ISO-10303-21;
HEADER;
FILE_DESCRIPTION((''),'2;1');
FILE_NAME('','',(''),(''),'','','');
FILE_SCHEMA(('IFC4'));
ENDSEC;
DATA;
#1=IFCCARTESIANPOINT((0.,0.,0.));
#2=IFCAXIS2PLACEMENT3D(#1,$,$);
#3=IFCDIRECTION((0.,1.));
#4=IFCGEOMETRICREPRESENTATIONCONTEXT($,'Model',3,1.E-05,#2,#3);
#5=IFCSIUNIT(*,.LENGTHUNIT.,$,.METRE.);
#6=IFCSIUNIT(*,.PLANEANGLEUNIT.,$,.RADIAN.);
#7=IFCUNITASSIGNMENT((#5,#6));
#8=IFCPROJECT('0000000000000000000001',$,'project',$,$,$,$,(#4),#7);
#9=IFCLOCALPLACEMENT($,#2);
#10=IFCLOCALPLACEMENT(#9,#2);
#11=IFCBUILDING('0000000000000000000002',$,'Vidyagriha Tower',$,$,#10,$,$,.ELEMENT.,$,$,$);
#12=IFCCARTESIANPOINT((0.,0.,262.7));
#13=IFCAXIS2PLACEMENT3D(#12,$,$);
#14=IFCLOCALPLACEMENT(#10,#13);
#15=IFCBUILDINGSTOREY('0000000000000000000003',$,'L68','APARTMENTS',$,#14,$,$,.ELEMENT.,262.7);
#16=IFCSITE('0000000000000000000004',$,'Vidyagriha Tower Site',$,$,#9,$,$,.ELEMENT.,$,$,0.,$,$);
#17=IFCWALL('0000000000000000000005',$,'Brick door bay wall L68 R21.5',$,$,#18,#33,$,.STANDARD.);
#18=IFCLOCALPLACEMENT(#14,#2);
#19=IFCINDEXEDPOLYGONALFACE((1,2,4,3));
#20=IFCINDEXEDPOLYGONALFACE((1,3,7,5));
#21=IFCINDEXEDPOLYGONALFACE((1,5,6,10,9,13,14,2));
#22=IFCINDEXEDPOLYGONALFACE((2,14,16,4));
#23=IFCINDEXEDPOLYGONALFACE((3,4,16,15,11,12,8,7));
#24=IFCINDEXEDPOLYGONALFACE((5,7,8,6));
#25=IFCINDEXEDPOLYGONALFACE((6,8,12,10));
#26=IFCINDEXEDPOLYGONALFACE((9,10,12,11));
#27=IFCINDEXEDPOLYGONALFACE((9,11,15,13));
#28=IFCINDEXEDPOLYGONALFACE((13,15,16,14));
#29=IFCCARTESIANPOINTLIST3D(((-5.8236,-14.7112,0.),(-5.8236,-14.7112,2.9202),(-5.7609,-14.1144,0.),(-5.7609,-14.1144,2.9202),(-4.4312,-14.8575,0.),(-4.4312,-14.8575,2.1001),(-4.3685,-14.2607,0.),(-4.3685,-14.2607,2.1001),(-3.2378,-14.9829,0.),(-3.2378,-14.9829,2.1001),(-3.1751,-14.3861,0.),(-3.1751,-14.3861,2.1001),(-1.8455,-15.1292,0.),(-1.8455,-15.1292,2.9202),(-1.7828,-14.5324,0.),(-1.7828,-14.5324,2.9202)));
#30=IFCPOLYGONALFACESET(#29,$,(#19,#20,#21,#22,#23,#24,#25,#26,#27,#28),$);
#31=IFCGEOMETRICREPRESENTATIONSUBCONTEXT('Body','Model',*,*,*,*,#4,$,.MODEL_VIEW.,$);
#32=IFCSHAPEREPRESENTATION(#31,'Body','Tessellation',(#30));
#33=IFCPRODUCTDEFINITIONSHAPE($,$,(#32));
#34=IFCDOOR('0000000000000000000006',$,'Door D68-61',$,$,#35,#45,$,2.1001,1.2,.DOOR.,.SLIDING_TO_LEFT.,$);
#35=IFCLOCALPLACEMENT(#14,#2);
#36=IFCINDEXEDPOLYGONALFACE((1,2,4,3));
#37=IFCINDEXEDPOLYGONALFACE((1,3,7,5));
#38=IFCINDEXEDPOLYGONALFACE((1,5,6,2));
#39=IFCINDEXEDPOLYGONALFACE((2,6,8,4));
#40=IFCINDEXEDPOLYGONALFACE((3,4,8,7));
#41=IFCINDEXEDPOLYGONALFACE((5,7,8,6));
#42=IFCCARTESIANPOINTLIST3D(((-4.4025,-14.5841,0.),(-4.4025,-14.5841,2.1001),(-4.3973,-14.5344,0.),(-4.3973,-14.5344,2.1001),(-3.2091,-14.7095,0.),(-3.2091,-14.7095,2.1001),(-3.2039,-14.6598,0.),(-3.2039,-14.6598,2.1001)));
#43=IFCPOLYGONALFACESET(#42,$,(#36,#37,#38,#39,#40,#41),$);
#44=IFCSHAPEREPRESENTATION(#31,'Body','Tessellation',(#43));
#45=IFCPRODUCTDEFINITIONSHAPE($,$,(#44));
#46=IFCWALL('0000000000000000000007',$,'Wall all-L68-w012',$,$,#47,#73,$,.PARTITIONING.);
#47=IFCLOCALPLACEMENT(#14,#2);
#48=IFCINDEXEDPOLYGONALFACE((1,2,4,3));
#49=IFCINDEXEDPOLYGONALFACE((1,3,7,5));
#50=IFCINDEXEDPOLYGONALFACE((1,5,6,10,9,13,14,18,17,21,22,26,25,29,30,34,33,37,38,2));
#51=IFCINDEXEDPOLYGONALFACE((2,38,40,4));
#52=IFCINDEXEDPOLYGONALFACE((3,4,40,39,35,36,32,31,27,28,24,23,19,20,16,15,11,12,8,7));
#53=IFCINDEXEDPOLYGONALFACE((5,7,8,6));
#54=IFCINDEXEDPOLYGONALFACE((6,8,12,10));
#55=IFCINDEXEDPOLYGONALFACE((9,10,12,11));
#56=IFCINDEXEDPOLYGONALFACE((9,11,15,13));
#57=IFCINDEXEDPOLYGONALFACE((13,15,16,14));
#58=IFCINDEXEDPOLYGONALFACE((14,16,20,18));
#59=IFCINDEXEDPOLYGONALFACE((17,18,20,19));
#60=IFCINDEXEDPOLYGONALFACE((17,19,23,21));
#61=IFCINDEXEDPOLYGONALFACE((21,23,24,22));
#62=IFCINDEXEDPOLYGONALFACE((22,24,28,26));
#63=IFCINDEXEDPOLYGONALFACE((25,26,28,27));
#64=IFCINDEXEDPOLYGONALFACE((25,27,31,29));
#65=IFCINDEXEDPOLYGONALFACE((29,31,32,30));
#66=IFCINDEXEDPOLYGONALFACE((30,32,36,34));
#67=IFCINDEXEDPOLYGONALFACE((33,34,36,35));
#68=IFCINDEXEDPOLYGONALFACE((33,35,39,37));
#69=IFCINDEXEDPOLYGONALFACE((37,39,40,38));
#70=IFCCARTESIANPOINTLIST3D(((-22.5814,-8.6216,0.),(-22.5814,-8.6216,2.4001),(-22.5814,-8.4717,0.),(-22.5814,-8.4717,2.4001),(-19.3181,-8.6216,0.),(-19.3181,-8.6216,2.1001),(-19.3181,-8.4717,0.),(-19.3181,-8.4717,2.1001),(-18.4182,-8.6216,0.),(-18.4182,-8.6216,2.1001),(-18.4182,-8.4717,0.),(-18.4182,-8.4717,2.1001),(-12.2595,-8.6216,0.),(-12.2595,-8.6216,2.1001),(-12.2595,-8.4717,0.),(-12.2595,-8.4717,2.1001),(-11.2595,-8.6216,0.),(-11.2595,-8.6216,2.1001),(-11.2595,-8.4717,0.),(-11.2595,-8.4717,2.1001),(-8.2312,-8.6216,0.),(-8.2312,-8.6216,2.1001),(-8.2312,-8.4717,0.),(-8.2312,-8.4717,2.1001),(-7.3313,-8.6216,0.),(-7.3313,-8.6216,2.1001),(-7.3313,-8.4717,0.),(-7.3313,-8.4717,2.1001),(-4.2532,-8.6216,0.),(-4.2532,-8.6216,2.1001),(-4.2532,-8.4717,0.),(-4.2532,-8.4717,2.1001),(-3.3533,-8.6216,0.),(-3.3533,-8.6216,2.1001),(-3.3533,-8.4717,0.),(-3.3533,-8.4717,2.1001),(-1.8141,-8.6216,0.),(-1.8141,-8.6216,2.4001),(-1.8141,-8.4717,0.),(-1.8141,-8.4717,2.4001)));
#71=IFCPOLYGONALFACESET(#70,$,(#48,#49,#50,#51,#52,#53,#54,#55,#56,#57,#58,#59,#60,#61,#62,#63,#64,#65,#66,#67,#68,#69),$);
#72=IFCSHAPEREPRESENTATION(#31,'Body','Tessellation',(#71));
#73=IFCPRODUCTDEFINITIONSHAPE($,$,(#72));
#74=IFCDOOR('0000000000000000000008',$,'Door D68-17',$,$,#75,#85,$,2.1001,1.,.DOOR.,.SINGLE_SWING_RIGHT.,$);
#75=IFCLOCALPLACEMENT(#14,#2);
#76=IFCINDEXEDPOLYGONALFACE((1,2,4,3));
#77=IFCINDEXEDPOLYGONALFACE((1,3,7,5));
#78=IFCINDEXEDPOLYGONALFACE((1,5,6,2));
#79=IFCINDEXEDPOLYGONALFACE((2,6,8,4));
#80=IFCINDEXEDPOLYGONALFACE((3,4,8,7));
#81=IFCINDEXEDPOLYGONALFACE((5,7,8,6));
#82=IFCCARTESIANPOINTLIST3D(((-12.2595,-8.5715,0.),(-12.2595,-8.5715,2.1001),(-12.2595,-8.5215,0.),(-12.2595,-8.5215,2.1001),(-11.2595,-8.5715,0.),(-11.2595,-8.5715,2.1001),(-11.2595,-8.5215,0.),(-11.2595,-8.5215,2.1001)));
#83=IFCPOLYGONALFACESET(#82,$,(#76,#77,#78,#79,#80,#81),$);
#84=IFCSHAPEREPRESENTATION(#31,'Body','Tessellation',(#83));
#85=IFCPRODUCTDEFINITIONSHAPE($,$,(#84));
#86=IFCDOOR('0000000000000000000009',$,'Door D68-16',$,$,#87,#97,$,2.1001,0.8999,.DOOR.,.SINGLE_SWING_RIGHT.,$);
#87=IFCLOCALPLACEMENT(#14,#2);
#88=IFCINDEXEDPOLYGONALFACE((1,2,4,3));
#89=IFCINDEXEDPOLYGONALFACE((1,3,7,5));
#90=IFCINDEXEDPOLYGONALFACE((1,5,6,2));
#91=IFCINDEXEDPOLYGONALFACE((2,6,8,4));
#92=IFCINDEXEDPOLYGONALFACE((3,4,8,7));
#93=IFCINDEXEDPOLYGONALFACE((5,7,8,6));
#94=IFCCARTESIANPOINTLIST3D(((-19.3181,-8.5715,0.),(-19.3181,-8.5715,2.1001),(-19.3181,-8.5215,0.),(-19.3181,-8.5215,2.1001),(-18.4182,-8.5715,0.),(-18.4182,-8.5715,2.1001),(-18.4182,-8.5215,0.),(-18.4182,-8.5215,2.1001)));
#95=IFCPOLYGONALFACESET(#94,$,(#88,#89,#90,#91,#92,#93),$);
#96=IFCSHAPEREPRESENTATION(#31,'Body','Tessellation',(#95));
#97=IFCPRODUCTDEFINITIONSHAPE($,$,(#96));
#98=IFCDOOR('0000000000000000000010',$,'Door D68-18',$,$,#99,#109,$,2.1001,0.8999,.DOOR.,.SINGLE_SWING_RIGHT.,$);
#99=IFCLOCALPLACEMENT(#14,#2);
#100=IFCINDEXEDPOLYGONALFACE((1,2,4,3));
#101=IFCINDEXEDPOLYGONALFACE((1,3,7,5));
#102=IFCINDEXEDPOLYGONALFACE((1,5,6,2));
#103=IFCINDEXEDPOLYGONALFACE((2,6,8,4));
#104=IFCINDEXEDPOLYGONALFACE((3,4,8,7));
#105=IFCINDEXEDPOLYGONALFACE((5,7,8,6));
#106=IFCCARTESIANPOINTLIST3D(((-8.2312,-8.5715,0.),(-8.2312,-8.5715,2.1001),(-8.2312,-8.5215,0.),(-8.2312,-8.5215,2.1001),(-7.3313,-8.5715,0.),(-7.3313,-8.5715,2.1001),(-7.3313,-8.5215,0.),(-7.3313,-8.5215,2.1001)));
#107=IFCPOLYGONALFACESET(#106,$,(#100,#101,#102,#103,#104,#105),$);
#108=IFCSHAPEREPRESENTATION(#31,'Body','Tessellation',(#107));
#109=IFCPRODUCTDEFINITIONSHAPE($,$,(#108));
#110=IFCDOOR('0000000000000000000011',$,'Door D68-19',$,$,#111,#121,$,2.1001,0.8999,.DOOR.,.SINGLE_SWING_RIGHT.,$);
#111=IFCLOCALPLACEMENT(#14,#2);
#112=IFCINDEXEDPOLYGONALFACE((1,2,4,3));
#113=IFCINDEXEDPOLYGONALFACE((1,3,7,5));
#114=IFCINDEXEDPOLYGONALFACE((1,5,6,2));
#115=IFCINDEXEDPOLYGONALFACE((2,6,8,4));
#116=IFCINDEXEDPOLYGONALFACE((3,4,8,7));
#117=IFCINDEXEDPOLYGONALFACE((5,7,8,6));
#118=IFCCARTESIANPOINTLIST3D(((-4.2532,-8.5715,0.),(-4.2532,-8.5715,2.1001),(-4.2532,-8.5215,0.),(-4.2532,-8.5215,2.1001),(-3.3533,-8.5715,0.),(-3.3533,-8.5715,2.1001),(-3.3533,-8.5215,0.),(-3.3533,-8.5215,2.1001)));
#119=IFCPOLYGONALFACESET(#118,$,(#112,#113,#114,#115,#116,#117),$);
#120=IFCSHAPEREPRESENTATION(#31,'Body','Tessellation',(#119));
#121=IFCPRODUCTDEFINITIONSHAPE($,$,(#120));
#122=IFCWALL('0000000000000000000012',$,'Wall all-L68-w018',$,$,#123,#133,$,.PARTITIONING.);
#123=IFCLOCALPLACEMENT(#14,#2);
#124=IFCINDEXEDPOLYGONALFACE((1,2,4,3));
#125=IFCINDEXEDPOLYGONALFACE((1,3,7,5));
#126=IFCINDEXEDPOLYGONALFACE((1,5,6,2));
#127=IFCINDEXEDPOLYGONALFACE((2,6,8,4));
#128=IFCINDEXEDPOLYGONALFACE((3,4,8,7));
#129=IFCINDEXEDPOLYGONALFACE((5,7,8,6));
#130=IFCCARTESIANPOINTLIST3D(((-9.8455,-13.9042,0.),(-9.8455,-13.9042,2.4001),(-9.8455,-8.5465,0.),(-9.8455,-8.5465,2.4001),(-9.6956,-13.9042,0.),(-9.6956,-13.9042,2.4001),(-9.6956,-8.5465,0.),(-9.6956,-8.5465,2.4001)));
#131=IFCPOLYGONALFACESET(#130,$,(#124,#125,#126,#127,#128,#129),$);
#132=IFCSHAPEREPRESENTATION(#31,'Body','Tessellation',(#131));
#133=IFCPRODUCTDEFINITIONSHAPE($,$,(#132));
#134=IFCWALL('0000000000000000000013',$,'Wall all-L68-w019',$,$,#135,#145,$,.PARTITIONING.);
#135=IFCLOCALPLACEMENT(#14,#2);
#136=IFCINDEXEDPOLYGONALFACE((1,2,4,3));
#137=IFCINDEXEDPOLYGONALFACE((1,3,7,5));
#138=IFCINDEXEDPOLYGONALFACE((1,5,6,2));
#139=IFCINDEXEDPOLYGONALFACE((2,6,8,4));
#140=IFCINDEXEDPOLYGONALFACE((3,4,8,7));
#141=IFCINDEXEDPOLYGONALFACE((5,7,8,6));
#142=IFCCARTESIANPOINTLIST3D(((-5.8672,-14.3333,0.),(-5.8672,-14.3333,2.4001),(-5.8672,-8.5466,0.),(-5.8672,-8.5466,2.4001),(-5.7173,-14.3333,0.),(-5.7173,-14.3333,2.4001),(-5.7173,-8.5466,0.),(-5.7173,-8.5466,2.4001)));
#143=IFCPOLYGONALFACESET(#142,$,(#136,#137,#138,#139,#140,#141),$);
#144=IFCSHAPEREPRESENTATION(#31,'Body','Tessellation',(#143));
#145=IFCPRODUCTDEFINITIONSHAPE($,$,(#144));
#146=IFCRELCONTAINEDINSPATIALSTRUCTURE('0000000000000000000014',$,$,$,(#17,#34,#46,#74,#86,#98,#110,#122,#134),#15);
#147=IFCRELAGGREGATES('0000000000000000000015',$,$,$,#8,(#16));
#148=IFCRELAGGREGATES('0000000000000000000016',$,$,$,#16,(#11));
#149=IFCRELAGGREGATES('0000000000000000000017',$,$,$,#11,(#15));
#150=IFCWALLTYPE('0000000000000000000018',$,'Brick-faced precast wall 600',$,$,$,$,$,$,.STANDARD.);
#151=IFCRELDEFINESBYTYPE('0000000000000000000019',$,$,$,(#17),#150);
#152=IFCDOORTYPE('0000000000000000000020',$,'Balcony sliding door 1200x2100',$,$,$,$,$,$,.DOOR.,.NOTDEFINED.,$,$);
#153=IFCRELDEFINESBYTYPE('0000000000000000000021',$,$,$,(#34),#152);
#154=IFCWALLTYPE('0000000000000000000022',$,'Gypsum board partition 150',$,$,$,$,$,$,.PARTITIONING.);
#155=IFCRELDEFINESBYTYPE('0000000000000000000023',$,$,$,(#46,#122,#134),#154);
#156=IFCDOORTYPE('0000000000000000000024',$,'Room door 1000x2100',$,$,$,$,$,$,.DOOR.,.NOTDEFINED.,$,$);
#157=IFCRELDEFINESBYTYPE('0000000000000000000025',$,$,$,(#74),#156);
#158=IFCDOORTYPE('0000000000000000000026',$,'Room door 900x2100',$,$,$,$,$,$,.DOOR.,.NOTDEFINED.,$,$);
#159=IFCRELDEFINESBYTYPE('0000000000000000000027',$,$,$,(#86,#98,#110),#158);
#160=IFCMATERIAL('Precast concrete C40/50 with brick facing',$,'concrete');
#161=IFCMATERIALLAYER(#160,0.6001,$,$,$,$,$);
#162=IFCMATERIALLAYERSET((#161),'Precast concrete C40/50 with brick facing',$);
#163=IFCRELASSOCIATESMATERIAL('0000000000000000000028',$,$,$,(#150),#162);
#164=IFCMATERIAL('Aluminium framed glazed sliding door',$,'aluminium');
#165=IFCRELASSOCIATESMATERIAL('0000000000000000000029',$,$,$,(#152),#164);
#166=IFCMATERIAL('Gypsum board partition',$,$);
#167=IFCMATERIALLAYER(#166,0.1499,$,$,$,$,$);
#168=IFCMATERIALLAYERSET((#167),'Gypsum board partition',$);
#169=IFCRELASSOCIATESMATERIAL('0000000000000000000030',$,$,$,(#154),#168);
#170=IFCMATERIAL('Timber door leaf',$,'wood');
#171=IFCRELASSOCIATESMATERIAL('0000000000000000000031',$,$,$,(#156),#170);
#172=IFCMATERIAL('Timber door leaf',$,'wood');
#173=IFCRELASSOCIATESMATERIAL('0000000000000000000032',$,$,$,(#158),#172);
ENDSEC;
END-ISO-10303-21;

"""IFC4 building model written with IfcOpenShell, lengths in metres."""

from ifc_helpers import new_model, si_unit, direction, frame, frame_2d, origin, place, context, subcontext, project, spatial, rectangle, extrude, material, layer, layer_set, type_object, element, fill, save


model = new_model("IFC4")

# Units and contexts
model_context = context("Model", 3, precision=1e-05, world=origin(), true_north=direction((0.0, 1.0)))
body_context = subcontext(model_context, "Body", "Model", "MODEL_VIEW")
ifc_project = project(units=[si_unit("LENGTHUNIT", "METRE"), si_unit("PLANEANGLEUNIT", "RADIAN")], contexts=[model_context])

# Site, building, storey
site_placement = place(None, origin())
site = spatial("IfcSite", under=ifc_project, at=site_placement, Name="Vidyagriha Tower Site", CompositionType="ELEMENT", RefElevation=0.0)
building_placement = place(site_placement, origin())
building = spatial("IfcBuilding", under=site, at=building_placement, Name="Vidyagriha Tower", CompositionType="ELEMENT")
storey_placement = place(building_placement, frame((0.0, 0.0, 262.7)))
storey = spatial("IfcBuildingStorey", under=building, at=storey_placement, Name="L68", Description="APARTMENTS", CompositionType="ELEMENT", Elevation=262.7)

# Wall, opening, door
ifc_material_1 = material(Name="Precast concrete C40/50 with brick facing", Category="concrete")
ifc_layer_1 = layer(ifc_material_1, 0.6001)
ifc_layer_set_1 = layer_set([ifc_layer_1], Name="Precast concrete C40/50 with brick facing")
wall_type_1 = type_object("IfcWallType", Name="Brick-faced precast wall 600", PredefinedType="STANDARD", material=ifc_layer_set_1)
wall_1_placement = place(storey_placement, frame((-5.7922, -14.4128, 0.0), z_axis=(0.0, 0.0, 1.0), x_axis=(0.994526, -0.104494, 0.0)))
wall_1 = element("IfcWall", 1, at=wall_1_placement, inside=storey, type_object=wall_type_1, Name="Brick door bay wall L68 R21.5", PredefinedType="STANDARD", context=body_context, shape_type="SweptSolid", body=[
    extrude(rectangle(XDim=4.0, YDim=0.6001, at=frame_2d((2.0, 0.0))), origin(), (0.0, 0.0, 1.0), 2.9202),
])
opening_1_placement = place(wall_1_placement, frame((1.3999, 0.0, 0.0)))
opening_1 = element("IfcOpeningElement", 2, at=opening_1_placement, cuts=wall_1, PredefinedType="OPENING", context=body_context, shape_type="SweptSolid", body=[
    extrude(rectangle(XDim=1.2, YDim=2.1001, at=frame_2d((0.6001, 1.05))), frame((0.0, 0.3101, 0.0), z_axis=(0.0, -1.0, 0.0), x_axis=(1.0, 0.0, 0.0)), (0.0, 0.0, 1.0), 0.6201),
])
ifc_material_2 = material(Name="Aluminium framed glazed sliding door", Category="aluminium")
door_type_1 = type_object("IfcDoorType", Name="Balcony sliding door 1200x2100", OperationType="NOTDEFINED", PredefinedType="DOOR", material=ifc_material_2)
door_1_placement = place(opening_1_placement, origin())
door_1 = element("IfcDoor", 3, at=door_1_placement, inside=storey, type_object=door_type_1, Name="Door D68-61", OperationType="SLIDING_TO_LEFT", OverallHeight=2.1001, OverallWidth=1.2, PredefinedType="DOOR", context=body_context, shape_type="SweptSolid", body=[
    extrude(rectangle(XDim=1.2, YDim=2.1001, at=frame_2d((0.6001, 1.05))), frame((0.0, 0.0249, 0.0), z_axis=(0.0, -1.0, 0.0), x_axis=(1.0, 0.0, 0.0)), (0.0, 0.0, 1.0), 0.05),
])
fill(opening_1, door_1)

# Shared definitions
ifc_material_3 = material(Name="Gypsum board partition")
ifc_layer_2 = layer(ifc_material_3, 0.1499)
ifc_layer_set_2 = layer_set([ifc_layer_2], Name="Gypsum board partition")
wall_type_2 = type_object("IfcWallType", Name="Gypsum board partition 150", PredefinedType="PARTITIONING", material=ifc_layer_set_2)

# Wall, openings, doors
wall_2_placement = place(storey_placement, frame((-1.814, -8.5466, 0.0), z_axis=(0.0, 0.0, 1.0), x_axis=(-1.0, 0.0, 0.0)))
wall_2 = element("IfcWall", 4, at=wall_2_placement, inside=storey, type_object=wall_type_2, Name="Wall all-L68-w012", PredefinedType="PARTITIONING", context=body_context, shape_type="SweptSolid", body=[
    extrude(rectangle(XDim=20.7673, YDim=0.1499, at=frame_2d((10.3838, 0.0))), origin(), (0.0, 0.0, 1.0), 2.4001),
])
opening_2_placement = place(wall_2_placement, frame((16.6042, 0.0, 0.0)))
opening_2 = element("IfcOpeningElement", 5, at=opening_2_placement, cuts=wall_2, PredefinedType="OPENING", context=body_context, shape_type="SweptSolid", body=[
    extrude(rectangle(XDim=0.8999, YDim=2.1001, at=frame_2d((0.45, 1.05))), frame((0.0, 0.085, 0.0), z_axis=(0.0, -1.0, 0.0), x_axis=(1.0, 0.0, 0.0)), (0.0, 0.0, 1.0), 0.1699),
])
opening_3_placement = place(wall_2_placement, frame((9.4456, 0.0, 0.0)))
opening_3 = element("IfcOpeningElement", 6, at=opening_3_placement, cuts=wall_2, PredefinedType="OPENING", context=body_context, shape_type="SweptSolid", body=[
    extrude(rectangle(XDim=1.0, YDim=2.1001, at=frame_2d((0.5, 1.05))), frame((0.0, 0.085, 0.0), z_axis=(0.0, -1.0, 0.0), x_axis=(1.0, 0.0, 0.0)), (0.0, 0.0, 1.0), 0.1699),
])
opening_4_placement = place(wall_2_placement, frame((5.5173, 0.0, 0.0)))
opening_4 = element("IfcOpeningElement", 7, at=opening_4_placement, cuts=wall_2, PredefinedType="OPENING", context=body_context, shape_type="SweptSolid", body=[
    extrude(rectangle(XDim=0.8999, YDim=2.1001, at=frame_2d((0.45, 1.05))), frame((0.0, 0.085, 0.0), z_axis=(0.0, -1.0, 0.0), x_axis=(1.0, 0.0, 0.0)), (0.0, 0.0, 1.0), 0.1699),
])
opening_5_placement = place(wall_2_placement, frame((1.5393, 0.0, 0.0)))
opening_5 = element("IfcOpeningElement", 8, at=opening_5_placement, cuts=wall_2, PredefinedType="OPENING", context=body_context, shape_type="SweptSolid", body=[
    extrude(rectangle(XDim=0.8999, YDim=2.1001, at=frame_2d((0.45, 1.05))), frame((0.0, 0.085, 0.0), z_axis=(0.0, -1.0, 0.0), x_axis=(1.0, 0.0, 0.0)), (0.0, 0.0, 1.0), 0.1699),
])
ifc_material_4 = material(Name="Timber door leaf", Category="wood")
door_type_2 = type_object("IfcDoorType", Name="Room door 1000x2100", OperationType="NOTDEFINED", PredefinedType="DOOR", material=ifc_material_4)
door_2_placement = place(opening_3_placement, origin())
door_2 = element("IfcDoor", 9, at=door_2_placement, inside=storey, type_object=door_type_2, Name="Door D68-17", OperationType="SINGLE_SWING_RIGHT", OverallHeight=2.1001, OverallWidth=1.0, PredefinedType="DOOR", context=body_context, shape_type="SweptSolid", body=[
    extrude(rectangle(XDim=1.0, YDim=2.1001, at=frame_2d((0.5, 1.05))), frame((0.0, 0.0249, 0.0), z_axis=(0.0, -1.0, 0.0), x_axis=(1.0, 0.0, 0.0)), (0.0, 0.0, 1.0), 0.05),
])
fill(opening_3, door_2)
ifc_material_5 = material(Name="Timber door leaf", Category="wood")
door_type_3 = type_object("IfcDoorType", Name="Room door 900x2100", OperationType="NOTDEFINED", PredefinedType="DOOR", material=ifc_material_5)
door_3_placement = place(opening_2_placement, origin())
door_3 = element("IfcDoor", 10, at=door_3_placement, inside=storey, type_object=door_type_3, Name="Door D68-16", OperationType="SINGLE_SWING_RIGHT", OverallHeight=2.1001, OverallWidth=0.8999, PredefinedType="DOOR", context=body_context, shape_type="SweptSolid", body=[
    extrude(rectangle(XDim=0.8999, YDim=2.1001, at=frame_2d((0.45, 1.05))), frame((0.0, 0.0249, 0.0), z_axis=(0.0, -1.0, 0.0), x_axis=(1.0, 0.0, 0.0)), (0.0, 0.0, 1.0), 0.05),
])
fill(opening_2, door_3)
door_4_placement = place(opening_4_placement, origin())
door_4 = element("IfcDoor", 11, at=door_4_placement, inside=storey, type_object=door_type_3, Name="Door D68-18", OperationType="SINGLE_SWING_RIGHT", OverallHeight=2.1001, OverallWidth=0.8999, PredefinedType="DOOR", context=body_context, shape_type="SweptSolid", body=[
    extrude(rectangle(XDim=0.8999, YDim=2.1001, at=frame_2d((0.45, 1.05))), frame((0.0, 0.0249, 0.0), z_axis=(0.0, -1.0, 0.0), x_axis=(1.0, 0.0, 0.0)), (0.0, 0.0, 1.0), 0.05),
])
fill(opening_4, door_4)
door_5_placement = place(opening_5_placement, origin())
door_5 = element("IfcDoor", 12, at=door_5_placement, inside=storey, type_object=door_type_3, Name="Door D68-19", OperationType="SINGLE_SWING_RIGHT", OverallHeight=2.1001, OverallWidth=0.8999, PredefinedType="DOOR", context=body_context, shape_type="SweptSolid", body=[
    extrude(rectangle(XDim=0.8999, YDim=2.1001, at=frame_2d((0.45, 1.05))), frame((0.0, 0.0249, 0.0), z_axis=(0.0, -1.0, 0.0), x_axis=(1.0, 0.0, 0.0)), (0.0, 0.0, 1.0), 0.05),
])
fill(opening_5, door_5)

# Walls
wall_3_placement = place(storey_placement, frame((-9.7705, -8.5466, 0.0), z_axis=(0.0, 0.0, 1.0), x_axis=(0.0, -1.0, 0.0)))
element("IfcWall", 13, at=wall_3_placement, inside=storey, type_object=wall_type_2, Name="Wall all-L68-w018", PredefinedType="PARTITIONING", context=body_context, shape_type="SweptSolid", body=[
    extrude(rectangle(XDim=5.3577, YDim=0.1499, at=frame_2d((2.6787, 0.0))), origin(), (0.0, 0.0, 1.0), 2.4001),
])
wall_4_placement = place(storey_placement, frame((-5.7922, -8.5466, 0.0), z_axis=(0.0, 0.0, 1.0), x_axis=(0.0, -1.0, 0.0)))
element("IfcWall", 14, at=wall_4_placement, inside=storey, type_object=wall_type_2, Name="Wall all-L68-w019", PredefinedType="PARTITIONING", context=body_context, shape_type="SweptSolid", body=[
    extrude(rectangle(XDim=5.7866, YDim=0.1499, at=frame_2d((2.8933, 0.0))), origin(), (0.0, 0.0, 1.0), 2.4001),
])

save(model, "model.ifc")
